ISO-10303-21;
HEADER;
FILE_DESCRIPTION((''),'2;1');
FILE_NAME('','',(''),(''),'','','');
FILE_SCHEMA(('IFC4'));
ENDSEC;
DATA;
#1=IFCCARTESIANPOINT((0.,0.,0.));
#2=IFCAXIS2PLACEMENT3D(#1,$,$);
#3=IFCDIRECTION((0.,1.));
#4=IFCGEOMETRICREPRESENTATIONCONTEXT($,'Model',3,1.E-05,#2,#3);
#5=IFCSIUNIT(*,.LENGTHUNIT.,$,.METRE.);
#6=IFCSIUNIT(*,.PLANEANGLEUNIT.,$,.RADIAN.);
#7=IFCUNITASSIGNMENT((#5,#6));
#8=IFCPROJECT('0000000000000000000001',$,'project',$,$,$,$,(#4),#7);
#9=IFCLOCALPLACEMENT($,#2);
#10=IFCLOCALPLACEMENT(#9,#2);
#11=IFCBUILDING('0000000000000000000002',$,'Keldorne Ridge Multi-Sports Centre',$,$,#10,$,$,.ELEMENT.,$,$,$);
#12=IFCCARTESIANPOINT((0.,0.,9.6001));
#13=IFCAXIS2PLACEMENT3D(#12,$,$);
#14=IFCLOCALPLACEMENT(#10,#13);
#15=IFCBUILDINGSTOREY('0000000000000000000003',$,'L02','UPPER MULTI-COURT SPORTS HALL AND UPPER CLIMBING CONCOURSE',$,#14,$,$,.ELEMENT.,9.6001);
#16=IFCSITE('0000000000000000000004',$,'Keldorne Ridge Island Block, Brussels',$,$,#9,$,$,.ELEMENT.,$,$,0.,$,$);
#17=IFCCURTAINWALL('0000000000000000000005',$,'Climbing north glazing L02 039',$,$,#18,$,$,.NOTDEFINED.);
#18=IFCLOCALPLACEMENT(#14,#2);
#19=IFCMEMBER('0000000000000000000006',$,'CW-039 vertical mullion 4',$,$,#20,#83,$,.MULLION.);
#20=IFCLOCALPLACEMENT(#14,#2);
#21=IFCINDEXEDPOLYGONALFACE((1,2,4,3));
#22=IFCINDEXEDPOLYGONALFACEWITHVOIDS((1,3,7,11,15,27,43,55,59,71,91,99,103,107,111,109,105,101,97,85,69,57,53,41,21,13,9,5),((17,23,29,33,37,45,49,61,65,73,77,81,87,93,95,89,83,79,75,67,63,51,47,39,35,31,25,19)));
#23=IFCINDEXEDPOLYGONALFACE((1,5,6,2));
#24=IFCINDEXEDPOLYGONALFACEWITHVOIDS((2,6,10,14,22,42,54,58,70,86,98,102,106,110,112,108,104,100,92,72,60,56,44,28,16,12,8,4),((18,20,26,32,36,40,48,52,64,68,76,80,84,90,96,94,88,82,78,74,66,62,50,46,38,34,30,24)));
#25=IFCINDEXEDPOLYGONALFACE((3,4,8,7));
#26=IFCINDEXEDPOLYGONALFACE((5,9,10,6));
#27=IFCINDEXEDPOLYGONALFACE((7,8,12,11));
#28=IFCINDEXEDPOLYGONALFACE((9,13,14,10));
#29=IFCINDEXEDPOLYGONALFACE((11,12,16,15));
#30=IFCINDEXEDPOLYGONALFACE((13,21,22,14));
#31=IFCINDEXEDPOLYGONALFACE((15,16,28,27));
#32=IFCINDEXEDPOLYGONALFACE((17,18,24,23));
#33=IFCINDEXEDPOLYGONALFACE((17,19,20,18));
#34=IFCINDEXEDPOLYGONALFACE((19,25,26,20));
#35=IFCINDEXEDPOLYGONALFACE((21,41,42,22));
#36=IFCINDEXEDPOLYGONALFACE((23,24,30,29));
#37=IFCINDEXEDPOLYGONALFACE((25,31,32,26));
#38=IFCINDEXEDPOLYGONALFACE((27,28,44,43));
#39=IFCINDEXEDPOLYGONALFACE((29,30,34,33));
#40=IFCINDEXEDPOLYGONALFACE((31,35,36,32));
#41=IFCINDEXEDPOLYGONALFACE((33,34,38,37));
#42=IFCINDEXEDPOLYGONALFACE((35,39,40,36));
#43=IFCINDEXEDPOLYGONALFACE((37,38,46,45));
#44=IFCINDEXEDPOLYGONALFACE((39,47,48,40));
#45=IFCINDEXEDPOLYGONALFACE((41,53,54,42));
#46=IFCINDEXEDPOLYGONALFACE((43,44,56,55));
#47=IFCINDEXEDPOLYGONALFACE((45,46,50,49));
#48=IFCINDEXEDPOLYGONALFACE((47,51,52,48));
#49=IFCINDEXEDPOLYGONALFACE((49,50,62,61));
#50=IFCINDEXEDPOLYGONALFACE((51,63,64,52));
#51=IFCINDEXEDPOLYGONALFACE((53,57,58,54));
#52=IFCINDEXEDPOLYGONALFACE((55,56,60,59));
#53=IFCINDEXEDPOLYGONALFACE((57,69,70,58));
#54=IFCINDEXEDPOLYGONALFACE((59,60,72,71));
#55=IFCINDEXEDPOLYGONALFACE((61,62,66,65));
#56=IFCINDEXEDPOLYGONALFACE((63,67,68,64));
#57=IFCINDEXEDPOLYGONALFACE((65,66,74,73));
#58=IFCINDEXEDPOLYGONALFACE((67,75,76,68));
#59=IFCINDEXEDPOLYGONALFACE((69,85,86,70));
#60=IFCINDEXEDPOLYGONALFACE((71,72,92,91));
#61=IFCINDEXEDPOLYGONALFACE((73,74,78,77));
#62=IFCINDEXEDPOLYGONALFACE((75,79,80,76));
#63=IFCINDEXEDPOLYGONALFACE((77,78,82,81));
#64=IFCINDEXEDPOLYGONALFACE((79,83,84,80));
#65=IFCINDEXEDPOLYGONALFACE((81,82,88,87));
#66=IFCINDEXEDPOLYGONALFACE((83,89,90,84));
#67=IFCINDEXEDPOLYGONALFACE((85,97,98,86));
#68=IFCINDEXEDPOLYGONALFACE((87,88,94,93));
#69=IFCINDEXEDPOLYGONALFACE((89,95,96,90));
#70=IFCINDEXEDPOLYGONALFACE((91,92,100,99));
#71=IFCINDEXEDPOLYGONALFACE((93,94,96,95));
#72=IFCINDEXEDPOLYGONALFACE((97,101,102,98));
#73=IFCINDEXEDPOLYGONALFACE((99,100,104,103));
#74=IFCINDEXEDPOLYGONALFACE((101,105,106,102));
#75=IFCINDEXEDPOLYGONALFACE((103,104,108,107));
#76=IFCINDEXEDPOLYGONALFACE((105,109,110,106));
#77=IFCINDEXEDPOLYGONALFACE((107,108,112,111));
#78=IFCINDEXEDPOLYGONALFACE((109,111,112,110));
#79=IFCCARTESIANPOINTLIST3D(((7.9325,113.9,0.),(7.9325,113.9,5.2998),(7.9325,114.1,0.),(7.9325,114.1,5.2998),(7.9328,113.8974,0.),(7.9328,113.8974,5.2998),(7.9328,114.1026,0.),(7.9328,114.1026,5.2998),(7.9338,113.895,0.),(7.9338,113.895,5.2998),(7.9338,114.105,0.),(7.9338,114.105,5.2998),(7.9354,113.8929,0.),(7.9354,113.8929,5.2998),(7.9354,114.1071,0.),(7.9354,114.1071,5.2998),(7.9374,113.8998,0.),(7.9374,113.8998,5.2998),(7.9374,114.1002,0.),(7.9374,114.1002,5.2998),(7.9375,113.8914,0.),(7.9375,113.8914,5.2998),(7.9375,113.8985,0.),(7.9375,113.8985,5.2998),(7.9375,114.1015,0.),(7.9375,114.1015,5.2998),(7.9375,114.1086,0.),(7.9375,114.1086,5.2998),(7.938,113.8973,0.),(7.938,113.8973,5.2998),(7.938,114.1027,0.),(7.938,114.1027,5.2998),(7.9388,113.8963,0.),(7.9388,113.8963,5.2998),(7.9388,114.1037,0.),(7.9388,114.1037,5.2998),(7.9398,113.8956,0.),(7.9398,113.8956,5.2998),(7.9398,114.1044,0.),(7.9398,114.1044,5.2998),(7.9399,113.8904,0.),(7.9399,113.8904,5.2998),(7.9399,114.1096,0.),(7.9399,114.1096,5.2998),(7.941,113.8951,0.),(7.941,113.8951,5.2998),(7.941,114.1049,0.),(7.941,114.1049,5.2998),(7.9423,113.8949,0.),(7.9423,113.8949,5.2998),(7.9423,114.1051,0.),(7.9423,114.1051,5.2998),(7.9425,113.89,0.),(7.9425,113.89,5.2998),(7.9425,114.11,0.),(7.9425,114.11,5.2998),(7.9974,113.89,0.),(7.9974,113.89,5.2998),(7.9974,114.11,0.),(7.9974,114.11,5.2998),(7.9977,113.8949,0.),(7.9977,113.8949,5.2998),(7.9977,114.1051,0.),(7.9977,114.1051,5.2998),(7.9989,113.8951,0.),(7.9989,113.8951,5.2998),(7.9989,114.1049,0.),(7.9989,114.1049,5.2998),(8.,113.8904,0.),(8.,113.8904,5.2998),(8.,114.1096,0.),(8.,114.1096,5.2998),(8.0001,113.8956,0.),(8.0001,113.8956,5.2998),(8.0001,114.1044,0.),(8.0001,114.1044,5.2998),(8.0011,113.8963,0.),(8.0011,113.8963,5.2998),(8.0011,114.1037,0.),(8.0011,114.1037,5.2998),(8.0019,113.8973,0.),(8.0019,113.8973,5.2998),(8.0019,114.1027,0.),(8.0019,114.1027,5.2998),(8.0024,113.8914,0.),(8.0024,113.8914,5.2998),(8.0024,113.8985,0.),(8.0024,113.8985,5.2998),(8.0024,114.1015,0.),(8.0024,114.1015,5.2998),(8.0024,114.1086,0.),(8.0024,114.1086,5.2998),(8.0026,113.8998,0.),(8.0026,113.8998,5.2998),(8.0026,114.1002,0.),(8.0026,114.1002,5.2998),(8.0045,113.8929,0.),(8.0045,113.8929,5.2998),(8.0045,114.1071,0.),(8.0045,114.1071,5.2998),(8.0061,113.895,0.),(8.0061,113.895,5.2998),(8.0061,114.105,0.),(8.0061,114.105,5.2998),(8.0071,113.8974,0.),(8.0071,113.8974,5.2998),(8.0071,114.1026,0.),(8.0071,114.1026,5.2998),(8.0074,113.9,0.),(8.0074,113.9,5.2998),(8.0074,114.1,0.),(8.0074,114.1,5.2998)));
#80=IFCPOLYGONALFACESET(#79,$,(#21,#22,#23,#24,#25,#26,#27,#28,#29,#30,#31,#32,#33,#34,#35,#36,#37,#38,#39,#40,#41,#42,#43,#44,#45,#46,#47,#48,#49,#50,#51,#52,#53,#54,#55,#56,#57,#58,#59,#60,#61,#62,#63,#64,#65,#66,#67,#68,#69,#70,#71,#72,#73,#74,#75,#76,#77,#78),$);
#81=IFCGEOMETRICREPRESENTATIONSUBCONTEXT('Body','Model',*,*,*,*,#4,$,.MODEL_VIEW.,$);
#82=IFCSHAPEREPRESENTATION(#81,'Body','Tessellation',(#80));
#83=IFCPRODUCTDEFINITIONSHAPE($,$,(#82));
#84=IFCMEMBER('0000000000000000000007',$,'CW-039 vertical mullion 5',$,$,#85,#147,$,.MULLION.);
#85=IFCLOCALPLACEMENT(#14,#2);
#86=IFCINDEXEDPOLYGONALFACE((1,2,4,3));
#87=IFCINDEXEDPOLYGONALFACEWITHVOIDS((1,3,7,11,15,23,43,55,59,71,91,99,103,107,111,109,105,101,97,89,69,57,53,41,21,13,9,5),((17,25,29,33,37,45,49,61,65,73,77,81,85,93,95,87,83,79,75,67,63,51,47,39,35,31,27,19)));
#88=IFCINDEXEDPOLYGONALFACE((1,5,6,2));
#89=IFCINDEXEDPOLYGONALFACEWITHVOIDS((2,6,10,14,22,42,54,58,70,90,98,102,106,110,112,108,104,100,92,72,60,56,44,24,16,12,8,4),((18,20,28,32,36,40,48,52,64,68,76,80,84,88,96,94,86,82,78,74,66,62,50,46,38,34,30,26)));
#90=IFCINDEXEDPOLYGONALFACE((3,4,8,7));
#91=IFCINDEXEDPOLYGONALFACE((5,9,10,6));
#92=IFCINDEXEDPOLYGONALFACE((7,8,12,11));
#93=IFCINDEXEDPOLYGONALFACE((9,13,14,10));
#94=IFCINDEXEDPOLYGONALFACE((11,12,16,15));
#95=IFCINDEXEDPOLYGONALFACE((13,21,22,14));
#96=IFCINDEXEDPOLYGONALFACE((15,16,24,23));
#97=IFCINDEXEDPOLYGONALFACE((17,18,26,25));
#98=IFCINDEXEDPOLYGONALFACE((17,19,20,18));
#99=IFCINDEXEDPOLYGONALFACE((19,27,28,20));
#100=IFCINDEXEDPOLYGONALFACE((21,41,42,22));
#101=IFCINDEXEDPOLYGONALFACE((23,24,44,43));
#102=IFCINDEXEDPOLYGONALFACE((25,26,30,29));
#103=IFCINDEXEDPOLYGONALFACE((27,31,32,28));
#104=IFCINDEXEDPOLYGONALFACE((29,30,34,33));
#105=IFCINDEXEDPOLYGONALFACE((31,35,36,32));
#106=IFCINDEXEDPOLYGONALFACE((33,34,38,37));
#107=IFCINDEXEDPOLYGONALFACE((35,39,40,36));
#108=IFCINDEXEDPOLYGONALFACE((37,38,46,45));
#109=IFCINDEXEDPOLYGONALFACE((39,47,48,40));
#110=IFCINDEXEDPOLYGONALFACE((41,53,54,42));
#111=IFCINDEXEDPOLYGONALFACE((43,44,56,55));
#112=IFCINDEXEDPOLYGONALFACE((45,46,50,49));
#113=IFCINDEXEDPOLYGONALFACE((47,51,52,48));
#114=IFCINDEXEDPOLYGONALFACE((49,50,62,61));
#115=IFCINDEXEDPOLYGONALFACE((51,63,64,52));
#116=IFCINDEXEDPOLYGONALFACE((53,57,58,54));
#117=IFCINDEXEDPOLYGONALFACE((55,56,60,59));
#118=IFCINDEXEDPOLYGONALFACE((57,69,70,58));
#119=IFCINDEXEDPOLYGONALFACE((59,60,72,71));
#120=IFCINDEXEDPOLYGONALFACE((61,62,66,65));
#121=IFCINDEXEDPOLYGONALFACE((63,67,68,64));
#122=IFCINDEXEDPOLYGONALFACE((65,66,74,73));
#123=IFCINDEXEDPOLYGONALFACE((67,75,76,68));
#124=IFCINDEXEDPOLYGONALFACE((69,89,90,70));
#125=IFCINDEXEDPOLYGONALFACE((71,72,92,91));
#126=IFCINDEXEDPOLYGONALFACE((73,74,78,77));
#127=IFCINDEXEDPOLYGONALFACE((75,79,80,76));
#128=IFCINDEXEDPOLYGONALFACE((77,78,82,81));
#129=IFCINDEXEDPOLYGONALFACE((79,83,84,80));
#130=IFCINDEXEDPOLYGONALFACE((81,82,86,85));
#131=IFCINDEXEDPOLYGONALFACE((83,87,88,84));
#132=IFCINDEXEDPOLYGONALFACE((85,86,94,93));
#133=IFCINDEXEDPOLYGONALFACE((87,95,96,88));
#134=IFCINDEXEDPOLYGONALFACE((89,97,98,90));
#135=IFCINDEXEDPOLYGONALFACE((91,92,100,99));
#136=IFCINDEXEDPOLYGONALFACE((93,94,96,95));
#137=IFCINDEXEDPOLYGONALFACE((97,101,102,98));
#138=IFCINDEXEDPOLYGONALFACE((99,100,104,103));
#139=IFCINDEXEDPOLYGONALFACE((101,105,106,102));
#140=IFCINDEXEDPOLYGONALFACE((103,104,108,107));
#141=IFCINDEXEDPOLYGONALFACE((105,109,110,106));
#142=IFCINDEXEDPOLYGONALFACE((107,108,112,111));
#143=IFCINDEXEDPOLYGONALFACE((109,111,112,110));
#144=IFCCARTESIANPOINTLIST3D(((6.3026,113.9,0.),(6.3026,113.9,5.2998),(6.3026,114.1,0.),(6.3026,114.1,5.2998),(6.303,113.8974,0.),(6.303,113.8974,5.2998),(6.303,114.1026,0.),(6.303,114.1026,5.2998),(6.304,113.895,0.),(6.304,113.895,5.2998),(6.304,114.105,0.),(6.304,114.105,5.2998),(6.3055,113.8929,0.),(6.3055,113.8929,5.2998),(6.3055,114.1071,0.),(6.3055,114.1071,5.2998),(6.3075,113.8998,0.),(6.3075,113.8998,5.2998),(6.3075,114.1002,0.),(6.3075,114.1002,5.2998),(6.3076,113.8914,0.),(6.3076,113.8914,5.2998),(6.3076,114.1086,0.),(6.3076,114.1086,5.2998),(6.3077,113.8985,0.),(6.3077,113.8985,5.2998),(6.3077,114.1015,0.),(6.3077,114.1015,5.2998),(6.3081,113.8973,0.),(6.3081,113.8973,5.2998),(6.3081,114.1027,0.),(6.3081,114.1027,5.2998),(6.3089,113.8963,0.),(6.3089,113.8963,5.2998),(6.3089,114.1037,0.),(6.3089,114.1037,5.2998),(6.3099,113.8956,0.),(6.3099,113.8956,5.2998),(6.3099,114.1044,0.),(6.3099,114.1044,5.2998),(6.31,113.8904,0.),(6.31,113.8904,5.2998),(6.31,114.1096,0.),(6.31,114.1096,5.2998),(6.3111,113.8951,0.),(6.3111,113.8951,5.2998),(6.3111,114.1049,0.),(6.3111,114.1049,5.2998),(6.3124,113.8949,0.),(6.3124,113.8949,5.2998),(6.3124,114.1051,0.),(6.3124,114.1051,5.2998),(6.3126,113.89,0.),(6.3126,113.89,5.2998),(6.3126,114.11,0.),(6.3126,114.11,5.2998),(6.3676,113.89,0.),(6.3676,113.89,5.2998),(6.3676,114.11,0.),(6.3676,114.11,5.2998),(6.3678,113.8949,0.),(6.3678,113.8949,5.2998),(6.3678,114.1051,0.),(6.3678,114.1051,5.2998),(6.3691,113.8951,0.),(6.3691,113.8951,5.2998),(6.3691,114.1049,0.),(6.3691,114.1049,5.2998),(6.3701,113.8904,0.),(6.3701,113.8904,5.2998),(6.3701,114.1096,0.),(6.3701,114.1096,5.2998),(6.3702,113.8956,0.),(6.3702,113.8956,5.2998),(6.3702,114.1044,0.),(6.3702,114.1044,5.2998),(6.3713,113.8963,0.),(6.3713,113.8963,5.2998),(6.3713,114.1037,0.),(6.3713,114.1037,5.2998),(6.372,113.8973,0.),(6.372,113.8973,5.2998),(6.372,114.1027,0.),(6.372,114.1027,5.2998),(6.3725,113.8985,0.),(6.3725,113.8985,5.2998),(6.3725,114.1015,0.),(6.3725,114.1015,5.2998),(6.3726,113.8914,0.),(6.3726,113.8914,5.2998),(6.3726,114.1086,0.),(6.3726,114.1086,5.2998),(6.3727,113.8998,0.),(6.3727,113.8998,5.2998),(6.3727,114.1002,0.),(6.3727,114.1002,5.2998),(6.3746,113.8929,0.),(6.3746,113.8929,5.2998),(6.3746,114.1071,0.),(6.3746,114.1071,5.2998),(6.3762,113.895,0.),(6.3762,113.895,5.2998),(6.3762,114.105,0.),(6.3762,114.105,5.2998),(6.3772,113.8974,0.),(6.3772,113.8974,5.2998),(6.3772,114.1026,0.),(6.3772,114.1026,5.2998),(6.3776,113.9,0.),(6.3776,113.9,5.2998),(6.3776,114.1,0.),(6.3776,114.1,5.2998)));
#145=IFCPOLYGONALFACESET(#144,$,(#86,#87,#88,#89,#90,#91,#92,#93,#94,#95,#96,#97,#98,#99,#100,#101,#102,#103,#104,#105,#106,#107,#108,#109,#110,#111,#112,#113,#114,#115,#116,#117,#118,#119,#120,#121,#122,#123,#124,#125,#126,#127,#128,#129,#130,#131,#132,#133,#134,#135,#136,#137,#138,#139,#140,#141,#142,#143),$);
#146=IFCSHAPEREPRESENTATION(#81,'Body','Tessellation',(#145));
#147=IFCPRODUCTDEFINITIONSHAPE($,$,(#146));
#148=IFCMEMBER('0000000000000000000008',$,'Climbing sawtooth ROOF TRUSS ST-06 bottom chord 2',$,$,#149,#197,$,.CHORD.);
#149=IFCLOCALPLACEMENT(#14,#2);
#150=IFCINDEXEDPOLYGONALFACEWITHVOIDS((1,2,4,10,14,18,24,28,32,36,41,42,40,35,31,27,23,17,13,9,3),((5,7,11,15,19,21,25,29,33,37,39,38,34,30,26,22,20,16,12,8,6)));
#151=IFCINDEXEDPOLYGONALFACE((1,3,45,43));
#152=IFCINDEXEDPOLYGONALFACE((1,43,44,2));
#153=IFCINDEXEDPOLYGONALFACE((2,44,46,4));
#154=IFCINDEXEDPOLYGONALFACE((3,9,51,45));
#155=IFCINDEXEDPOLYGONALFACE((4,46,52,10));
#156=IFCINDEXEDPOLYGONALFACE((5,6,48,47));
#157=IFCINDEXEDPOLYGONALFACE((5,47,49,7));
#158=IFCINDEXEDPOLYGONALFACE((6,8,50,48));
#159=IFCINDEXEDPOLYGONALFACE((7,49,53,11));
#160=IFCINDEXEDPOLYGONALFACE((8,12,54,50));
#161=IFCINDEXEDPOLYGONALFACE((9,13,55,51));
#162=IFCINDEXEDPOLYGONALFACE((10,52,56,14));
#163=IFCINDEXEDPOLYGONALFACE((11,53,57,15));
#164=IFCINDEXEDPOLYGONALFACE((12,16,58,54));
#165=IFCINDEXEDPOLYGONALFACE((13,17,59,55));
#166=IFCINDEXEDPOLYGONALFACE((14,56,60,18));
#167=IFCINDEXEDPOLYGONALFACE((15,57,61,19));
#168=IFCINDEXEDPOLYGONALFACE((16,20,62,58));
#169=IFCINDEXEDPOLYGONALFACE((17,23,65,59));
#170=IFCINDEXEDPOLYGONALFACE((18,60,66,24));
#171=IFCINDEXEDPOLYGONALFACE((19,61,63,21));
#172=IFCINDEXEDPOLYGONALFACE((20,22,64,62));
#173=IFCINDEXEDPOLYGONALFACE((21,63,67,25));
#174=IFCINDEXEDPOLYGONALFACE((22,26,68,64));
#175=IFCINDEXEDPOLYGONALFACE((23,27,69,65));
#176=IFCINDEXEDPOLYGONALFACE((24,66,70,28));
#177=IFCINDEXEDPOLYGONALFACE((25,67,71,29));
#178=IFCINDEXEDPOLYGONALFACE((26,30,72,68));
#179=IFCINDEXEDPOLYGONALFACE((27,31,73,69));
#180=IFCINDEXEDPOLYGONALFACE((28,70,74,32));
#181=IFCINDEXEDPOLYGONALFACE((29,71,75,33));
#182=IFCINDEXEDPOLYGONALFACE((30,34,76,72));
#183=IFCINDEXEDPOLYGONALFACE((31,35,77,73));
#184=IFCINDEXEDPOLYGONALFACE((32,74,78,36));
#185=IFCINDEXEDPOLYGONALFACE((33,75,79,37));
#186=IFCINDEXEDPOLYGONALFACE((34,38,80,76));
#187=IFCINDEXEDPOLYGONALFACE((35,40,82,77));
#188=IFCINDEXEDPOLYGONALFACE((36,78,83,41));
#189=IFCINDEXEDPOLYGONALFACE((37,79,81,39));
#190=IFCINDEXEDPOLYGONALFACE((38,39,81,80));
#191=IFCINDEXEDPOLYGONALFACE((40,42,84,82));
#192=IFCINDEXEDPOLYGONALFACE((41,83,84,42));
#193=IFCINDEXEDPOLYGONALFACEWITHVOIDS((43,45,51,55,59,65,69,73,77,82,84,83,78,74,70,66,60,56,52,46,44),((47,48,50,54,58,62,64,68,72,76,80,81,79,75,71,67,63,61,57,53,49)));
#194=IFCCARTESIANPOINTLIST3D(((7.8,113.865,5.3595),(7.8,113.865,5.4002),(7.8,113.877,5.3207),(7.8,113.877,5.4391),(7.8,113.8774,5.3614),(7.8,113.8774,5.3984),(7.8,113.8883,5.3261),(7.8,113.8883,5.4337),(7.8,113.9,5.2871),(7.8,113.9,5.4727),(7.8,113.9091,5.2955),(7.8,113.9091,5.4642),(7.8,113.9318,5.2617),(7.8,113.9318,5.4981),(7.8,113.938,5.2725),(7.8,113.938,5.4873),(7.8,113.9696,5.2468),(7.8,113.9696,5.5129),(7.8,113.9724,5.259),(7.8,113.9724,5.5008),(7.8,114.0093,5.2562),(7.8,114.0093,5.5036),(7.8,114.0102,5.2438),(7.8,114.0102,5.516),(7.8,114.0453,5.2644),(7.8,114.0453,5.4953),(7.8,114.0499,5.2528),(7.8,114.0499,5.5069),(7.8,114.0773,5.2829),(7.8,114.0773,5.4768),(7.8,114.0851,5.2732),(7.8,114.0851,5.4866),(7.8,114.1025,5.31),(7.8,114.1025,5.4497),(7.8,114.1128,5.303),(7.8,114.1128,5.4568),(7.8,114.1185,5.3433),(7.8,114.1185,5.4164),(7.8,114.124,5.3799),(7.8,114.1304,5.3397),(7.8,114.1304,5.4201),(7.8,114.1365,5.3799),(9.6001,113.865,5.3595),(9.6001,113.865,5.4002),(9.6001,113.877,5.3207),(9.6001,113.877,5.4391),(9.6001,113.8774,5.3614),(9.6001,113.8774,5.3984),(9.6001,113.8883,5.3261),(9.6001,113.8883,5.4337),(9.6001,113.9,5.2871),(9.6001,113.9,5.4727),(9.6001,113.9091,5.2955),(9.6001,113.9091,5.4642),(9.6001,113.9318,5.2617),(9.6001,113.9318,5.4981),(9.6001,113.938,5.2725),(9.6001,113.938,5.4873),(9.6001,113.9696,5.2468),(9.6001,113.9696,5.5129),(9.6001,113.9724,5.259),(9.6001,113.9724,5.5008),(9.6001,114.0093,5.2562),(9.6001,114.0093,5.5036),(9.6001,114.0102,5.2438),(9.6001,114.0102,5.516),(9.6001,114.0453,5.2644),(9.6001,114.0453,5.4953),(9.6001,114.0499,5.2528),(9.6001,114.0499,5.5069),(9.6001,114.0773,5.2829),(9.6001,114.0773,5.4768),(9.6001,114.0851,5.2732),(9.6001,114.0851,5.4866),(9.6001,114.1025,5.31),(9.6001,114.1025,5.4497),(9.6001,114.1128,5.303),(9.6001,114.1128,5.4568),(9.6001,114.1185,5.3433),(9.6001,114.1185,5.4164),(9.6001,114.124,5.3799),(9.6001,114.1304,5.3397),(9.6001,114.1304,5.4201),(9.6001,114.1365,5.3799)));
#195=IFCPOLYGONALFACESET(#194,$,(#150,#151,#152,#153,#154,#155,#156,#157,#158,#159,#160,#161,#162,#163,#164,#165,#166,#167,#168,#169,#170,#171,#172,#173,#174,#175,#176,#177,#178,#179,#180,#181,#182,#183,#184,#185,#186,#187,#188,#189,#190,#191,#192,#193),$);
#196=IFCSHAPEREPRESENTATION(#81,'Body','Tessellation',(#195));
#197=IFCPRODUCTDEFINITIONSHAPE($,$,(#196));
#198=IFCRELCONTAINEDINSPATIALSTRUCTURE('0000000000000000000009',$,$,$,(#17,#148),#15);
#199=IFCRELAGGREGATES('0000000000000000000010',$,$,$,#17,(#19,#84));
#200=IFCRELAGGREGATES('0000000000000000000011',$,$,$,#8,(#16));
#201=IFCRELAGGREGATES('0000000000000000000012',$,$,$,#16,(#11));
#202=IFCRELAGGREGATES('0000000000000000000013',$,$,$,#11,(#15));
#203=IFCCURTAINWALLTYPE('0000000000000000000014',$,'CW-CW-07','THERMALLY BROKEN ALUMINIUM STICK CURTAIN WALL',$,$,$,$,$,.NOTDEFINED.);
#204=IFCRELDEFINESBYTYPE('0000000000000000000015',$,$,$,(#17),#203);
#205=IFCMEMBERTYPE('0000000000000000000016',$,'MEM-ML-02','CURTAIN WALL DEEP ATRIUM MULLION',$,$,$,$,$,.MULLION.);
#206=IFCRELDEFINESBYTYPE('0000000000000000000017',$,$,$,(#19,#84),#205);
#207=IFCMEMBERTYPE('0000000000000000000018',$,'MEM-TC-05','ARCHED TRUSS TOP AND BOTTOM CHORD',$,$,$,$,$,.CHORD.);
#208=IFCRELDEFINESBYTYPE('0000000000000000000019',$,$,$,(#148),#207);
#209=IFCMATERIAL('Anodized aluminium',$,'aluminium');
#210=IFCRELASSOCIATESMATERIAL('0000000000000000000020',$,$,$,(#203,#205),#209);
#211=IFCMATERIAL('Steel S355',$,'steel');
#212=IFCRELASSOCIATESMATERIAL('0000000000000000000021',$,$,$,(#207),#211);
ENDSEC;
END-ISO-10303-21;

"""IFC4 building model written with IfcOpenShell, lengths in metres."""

from ifc_helpers import new_model, si_unit, direction, frame, origin, origin_2d, place, context, subcontext, project, spatial, hollow_rectangle, hollow_circle, extrude, material, material_profile, profile_set, type_object, element, aggregate, save


model = new_model("IFC4")

# Units and contexts
model_context = context("Model", 3, precision=1e-05, world=origin(), true_north=direction((0.0, 1.0)))
body_context = subcontext(model_context, "Body", "Model", "MODEL_VIEW")
ifc_project = project(units=[si_unit("LENGTHUNIT", "METRE"), si_unit("PLANEANGLEUNIT", "RADIAN")], contexts=[model_context])

# Site, building, storey
site_placement = place(None, origin())
site = spatial("IfcSite", under=ifc_project, at=site_placement, Name="Keldorne Ridge Island Block, Brussels", CompositionType="ELEMENT", RefElevation=0.0)
building_placement = place(site_placement, origin())
building = spatial("IfcBuilding", under=site, at=building_placement, Name="Keldorne Ridge Multi-Sports Centre", CompositionType="ELEMENT")
storey_placement = place(building_placement, frame((0.0, 0.0, 9.6001)))
storey = spatial("IfcBuildingStorey", under=building, at=storey_placement, Name="L02", Description="UPPER MULTI-COURT SPORTS HALL AND UPPER CLIMBING CONCOURSE", CompositionType="ELEMENT", Elevation=9.6001)

# Shared definitions
ifc_material_1 = material(Name="Steel S355", Category="steel")

# Curtain wall, members
ifc_material_2 = material(Name="Anodized aluminium", Category="aluminium")
curtain_wall_type = type_object("IfcCurtainWallType", Name="CW-CW-07", Description="THERMALLY BROKEN ALUMINIUM STICK CURTAIN WALL", PredefinedType="NOTDEFINED", material=ifc_material_2)
curtain_wall_placement = place(storey_placement, origin())
curtain_wall = element("IfcCurtainWall", 1, at=curtain_wall_placement, inside=storey, type_object=curtain_wall_type, Name="Climbing north glazing L02 039", PredefinedType="NOTDEFINED")
ifc_material_profile_1 = material_profile(ifc_material_2, hollow_rectangle(XDim=0.075, YDim=0.22, WallThickness=0.0049, InnerFilletRadius=0.0049, OuterFilletRadius=0.01, at=origin_2d()), Name="ALU MULLION 220x75x5")
ifc_profile_set_1 = profile_set([ifc_material_profile_1], Name="Anodized aluminium")
member_type_1 = type_object("IfcMemberType", Name="MEM-ML-02", Description="CURTAIN WALL DEEP ATRIUM MULLION", PredefinedType="MULLION", material=ifc_profile_set_1)
member_1_placement = place(storey_placement, frame((7.97, 114.0, 0.0), z_axis=(0.0, 0.0, 1.0), x_axis=(1.0, 0.0, 0.0)))
member_1 = element("IfcMember", 2, at=member_1_placement, type_object=member_type_1, Name="CW-039 vertical mullion 4", PredefinedType="MULLION", context=body_context, shape_type="SweptSolid", body=[
    extrude(hollow_rectangle(XDim=0.075, YDim=0.22, WallThickness=0.0049, InnerFilletRadius=0.0049, OuterFilletRadius=0.01, at=origin_2d()), origin(), (0.0, 0.0, 1.0), 5.2998),
])
member_2_placement = place(storey_placement, frame((6.3401, 114.0, 0.0), z_axis=(0.0, 0.0, 1.0), x_axis=(1.0, 0.0, 0.0)))
member_2 = element("IfcMember", 3, at=member_2_placement, type_object=member_type_1, Name="CW-039 vertical mullion 5", PredefinedType="MULLION", context=body_context, shape_type="SweptSolid", body=[
    extrude(hollow_rectangle(XDim=0.075, YDim=0.22, WallThickness=0.0049, InnerFilletRadius=0.0049, OuterFilletRadius=0.01, at=origin_2d()), origin(), (0.0, 0.0, 1.0), 5.2998),
])

# Member
ifc_material_profile_2 = material_profile(ifc_material_1, hollow_circle(Radius=0.1365, WallThickness=0.0125, at=origin_2d()), Name="CHS 273x12.5")
ifc_profile_set_2 = profile_set([ifc_material_profile_2], Name="Steel S355")
member_type_2 = type_object("IfcMemberType", Name="MEM-TC-05", Description="ARCHED TRUSS TOP AND BOTTOM CHORD", PredefinedType="CHORD", material=ifc_profile_set_2)
member_3_placement = place(storey_placement, frame((7.8, 114.0, 5.3799), z_axis=(1.0, 0.0, 0.0), x_axis=(0.0, 1.0, 0.0)))
element("IfcMember", 4, at=member_3_placement, inside=storey, type_object=member_type_2, Name="Climbing sawtooth ROOF TRUSS ST-06 bottom chord 2", PredefinedType="CHORD", context=body_context, shape_type="SweptSolid", body=[
    extrude(hollow_circle(Radius=0.1365, WallThickness=0.0125, at=origin_2d()), origin(), (0.0, 0.0, 1.0), 1.8),
])

aggregate(curtain_wall, [member_1, member_2])

save(model, "model.ifc")
